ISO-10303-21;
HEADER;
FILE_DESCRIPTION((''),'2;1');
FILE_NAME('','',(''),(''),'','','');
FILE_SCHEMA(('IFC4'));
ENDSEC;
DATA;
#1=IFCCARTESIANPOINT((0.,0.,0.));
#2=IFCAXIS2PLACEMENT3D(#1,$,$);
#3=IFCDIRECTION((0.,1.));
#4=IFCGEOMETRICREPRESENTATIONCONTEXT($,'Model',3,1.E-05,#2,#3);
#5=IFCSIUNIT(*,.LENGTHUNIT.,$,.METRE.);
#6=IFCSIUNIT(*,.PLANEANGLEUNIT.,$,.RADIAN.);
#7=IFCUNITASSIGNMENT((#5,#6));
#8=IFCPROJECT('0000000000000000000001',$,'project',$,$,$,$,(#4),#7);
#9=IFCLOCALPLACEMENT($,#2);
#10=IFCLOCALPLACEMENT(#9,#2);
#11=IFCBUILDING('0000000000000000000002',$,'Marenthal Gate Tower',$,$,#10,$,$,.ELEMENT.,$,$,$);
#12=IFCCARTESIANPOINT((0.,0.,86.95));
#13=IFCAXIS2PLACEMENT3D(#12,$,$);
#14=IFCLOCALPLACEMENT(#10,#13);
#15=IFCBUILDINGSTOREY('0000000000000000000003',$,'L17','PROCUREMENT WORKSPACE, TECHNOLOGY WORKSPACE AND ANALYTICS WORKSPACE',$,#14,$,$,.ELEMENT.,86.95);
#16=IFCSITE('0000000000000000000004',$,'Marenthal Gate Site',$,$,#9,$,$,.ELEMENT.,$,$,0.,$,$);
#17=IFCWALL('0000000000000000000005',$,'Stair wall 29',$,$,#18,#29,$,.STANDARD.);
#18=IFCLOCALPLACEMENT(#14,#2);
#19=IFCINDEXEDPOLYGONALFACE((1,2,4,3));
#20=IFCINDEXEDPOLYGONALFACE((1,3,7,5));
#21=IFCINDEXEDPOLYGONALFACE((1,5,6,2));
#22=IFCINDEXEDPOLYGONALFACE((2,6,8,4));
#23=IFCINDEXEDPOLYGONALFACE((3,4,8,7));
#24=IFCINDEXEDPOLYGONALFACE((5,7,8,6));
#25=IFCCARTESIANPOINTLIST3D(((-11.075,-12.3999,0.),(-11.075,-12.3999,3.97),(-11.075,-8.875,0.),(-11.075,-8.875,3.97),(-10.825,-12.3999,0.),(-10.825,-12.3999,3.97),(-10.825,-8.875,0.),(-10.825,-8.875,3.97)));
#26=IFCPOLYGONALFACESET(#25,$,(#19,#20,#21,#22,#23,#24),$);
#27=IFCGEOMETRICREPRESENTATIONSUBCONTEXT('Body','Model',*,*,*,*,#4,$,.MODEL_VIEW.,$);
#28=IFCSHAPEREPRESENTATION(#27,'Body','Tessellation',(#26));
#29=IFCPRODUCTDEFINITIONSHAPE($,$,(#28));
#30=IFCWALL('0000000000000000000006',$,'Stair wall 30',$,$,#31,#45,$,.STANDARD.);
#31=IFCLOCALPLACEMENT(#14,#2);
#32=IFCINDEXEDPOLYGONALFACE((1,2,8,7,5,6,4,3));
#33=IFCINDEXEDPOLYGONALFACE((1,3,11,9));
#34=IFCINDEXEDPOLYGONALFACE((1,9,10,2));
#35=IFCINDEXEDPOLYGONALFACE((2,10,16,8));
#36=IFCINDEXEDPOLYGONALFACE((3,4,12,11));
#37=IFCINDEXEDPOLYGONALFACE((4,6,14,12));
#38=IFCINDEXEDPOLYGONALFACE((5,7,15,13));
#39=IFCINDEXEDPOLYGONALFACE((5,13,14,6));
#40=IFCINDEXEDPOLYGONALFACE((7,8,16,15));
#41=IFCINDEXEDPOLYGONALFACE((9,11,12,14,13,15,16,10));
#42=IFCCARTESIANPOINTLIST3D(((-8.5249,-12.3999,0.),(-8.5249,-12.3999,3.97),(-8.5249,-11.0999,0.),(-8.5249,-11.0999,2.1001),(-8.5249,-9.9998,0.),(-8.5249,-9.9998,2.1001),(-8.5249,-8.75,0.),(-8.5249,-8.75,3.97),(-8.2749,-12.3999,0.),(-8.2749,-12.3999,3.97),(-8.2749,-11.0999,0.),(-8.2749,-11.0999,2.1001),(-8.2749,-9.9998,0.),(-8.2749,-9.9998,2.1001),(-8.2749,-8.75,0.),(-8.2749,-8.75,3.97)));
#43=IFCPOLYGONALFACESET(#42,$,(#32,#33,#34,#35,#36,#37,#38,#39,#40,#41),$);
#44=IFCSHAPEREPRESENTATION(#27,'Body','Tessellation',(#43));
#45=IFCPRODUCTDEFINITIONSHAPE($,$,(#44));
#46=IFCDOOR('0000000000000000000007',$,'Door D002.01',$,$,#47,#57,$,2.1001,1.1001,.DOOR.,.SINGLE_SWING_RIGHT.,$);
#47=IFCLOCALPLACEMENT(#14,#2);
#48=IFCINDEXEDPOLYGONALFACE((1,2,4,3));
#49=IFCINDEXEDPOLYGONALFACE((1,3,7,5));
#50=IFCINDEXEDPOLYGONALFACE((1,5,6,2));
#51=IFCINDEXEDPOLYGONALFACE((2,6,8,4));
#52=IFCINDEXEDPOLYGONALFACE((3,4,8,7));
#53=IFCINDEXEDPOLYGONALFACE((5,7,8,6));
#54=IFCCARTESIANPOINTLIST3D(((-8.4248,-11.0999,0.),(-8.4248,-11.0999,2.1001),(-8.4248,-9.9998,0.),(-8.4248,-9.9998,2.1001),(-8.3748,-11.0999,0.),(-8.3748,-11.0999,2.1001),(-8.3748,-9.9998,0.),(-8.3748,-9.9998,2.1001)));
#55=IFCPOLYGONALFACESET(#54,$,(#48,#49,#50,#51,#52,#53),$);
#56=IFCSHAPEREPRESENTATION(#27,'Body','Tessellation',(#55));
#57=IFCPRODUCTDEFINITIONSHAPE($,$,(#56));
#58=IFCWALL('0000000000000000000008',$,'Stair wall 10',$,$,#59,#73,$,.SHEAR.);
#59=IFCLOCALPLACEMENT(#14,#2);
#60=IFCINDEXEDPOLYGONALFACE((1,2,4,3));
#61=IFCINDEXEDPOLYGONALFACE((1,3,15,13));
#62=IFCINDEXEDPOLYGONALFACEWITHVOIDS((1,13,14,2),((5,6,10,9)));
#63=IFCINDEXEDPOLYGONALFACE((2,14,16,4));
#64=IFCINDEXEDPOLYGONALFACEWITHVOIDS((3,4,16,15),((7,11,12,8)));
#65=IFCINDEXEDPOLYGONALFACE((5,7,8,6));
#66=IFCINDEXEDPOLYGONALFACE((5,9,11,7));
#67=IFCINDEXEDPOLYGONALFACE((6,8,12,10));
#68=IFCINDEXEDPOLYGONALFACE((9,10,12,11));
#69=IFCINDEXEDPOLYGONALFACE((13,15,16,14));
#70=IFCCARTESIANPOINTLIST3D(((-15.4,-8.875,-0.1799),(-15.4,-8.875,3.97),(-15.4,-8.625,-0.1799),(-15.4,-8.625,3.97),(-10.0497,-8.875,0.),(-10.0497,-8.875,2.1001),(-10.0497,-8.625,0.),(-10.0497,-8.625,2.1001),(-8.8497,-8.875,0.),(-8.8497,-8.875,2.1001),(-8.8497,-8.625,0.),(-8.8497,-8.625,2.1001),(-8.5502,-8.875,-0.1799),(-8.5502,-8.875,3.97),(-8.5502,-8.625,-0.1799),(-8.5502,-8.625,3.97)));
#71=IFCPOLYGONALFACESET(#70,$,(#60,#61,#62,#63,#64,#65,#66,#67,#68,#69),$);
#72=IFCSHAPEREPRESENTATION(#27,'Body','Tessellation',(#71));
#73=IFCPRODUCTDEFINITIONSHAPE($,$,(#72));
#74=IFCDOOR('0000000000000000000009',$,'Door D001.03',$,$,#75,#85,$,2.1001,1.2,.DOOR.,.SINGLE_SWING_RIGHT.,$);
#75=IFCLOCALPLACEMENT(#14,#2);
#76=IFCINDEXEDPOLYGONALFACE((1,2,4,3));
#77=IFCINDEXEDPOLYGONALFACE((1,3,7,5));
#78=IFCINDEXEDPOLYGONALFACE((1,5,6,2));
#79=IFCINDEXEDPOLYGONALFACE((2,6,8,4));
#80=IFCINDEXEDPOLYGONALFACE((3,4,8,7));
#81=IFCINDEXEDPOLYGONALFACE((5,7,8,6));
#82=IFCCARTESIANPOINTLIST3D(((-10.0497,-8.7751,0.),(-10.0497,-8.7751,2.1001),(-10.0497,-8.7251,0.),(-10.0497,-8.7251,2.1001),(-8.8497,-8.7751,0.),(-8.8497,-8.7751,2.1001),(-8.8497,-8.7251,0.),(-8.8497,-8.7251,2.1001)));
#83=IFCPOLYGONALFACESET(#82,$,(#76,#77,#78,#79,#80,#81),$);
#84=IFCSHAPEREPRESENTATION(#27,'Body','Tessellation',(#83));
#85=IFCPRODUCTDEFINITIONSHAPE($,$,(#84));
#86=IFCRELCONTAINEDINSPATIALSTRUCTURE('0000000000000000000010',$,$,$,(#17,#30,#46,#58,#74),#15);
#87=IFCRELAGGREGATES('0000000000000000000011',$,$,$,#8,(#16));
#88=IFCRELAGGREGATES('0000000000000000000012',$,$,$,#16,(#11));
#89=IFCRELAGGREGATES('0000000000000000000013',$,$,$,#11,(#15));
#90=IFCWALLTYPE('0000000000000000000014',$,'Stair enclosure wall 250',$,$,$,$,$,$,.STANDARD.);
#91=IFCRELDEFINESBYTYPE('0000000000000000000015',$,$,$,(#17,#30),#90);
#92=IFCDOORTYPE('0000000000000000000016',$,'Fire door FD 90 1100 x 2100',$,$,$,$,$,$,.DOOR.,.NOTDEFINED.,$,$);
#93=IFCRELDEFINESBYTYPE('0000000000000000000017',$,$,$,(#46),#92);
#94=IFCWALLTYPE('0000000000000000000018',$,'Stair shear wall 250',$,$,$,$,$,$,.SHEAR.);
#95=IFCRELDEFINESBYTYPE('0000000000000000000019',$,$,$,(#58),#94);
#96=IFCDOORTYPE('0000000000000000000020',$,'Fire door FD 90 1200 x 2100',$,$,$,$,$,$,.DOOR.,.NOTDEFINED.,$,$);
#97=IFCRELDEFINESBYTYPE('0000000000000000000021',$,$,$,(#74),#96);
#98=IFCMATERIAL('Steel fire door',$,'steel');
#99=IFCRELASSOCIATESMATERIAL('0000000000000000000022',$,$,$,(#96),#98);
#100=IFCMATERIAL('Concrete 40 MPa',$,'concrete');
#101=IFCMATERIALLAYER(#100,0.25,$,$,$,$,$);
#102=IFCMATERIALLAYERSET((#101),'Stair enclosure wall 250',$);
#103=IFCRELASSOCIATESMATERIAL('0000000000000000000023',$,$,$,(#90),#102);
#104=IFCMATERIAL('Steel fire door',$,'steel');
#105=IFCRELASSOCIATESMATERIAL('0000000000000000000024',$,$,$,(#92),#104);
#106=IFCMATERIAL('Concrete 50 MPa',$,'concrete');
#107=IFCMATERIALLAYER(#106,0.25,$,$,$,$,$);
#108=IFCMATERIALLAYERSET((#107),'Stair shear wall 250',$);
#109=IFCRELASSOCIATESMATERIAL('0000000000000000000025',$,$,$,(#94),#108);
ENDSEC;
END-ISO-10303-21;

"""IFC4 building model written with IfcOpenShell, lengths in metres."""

from ifc_helpers import new_model, si_unit, direction, frame, frame_2d, origin, place, context, subcontext, project, spatial, rectangle, extrude, material, layer, layer_set, type_object, element, fill, save


model = new_model("IFC4")

# Units and contexts
model_context = context("Model", 3, precision=1e-05, world=origin(), true_north=direction((0.0, 1.0)))
body_context = subcontext(model_context, "Body", "Model", "MODEL_VIEW")
ifc_project = project(units=[si_unit("LENGTHUNIT", "METRE"), si_unit("PLANEANGLEUNIT", "RADIAN")], contexts=[model_context])

# Site, building, storey
site_placement = place(None, origin())
site = spatial("IfcSite", under=ifc_project, at=site_placement, Name="Marenthal Gate Site", CompositionType="ELEMENT", RefElevation=0.0)
building_placement = place(site_placement, origin())
building = spatial("IfcBuilding", under=site, at=building_placement, Name="Marenthal Gate Tower", CompositionType="ELEMENT")
storey_placement = place(building_placement, frame((0.0, 0.0, 86.95)))
storey = spatial("IfcBuildingStorey", under=building, at=storey_placement, Name="L17", Description="PROCUREMENT WORKSPACE, TECHNOLOGY WORKSPACE AND ANALYTICS WORKSPACE", CompositionType="ELEMENT", Elevation=86.95)

# Shared definitions
ifc_material_1 = material(Name="Steel fire door", Category="steel")
door_type_1 = type_object("IfcDoorType", Name="Fire door FD 90 1200 x 2100", OperationType="NOTDEFINED", PredefinedType="DOOR", material=ifc_material_1)

# Wall
ifc_material_2 = material(Name="Concrete 40 MPa", Category="concrete")
ifc_layer_1 = layer(ifc_material_2, 0.25)
ifc_layer_set_1 = layer_set([ifc_layer_1], Name="Stair enclosure wall 250")
wall_type_1 = type_object("IfcWallType", Name="Stair enclosure wall 250", PredefinedType="STANDARD", material=ifc_layer_set_1)
wall_1_placement = place(storey_placement, frame((-10.95, -12.3999, 0.0), z_axis=(0.0, 0.0, 1.0), x_axis=(0.0, 1.0, 0.0)))
element("IfcWall", 1, at=wall_1_placement, inside=storey, type_object=wall_type_1, Name="Stair wall 29", PredefinedType="STANDARD", context=body_context, shape_type="SweptSolid", body=[
    extrude(rectangle(XDim=3.5249, YDim=0.25, at=frame_2d((1.7625, 0.0))), origin(), (0.0, 0.0, 1.0), 3.97),
])

# Walls, openings, doors
wall_2_placement = place(storey_placement, frame((-8.3999, -12.3999, 0.0), z_axis=(0.0, 0.0, 1.0), x_axis=(0.0, 1.0, 0.0)))
wall_2 = element("IfcWall", 2, at=wall_2_placement, inside=storey, type_object=wall_type_1, Name="Stair wall 30", PredefinedType="STANDARD", context=body_context, shape_type="SweptSolid", body=[
    extrude(rectangle(XDim=3.6499, YDim=0.25, at=frame_2d((1.825, 0.0))), origin(), (0.0, 0.0, 1.0), 3.97),
])
opening_1_placement = place(wall_2_placement, frame((1.3, 0.0, 0.0)))
opening_1 = element("IfcOpeningElement", 3, at=opening_1_placement, cuts=wall_2, PredefinedType="OPENING", context=body_context, shape_type="SweptSolid", body=[
    extrude(rectangle(XDim=1.1001, YDim=2.1001, at=frame_2d((0.55, 1.05))), frame((0.0, 0.135, 0.0), z_axis=(0.0, -1.0, 0.0), x_axis=(1.0, 0.0, 0.0)), (0.0, 0.0, 1.0), 0.27),
])
ifc_material_3 = material(Name="Steel fire door", Category="steel")
door_type_2 = type_object("IfcDoorType", Name="Fire door FD 90 1100 x 2100", OperationType="NOTDEFINED", PredefinedType="DOOR", material=ifc_material_3)
door_1_placement = place(opening_1_placement, origin())
door_1 = element("IfcDoor", 4, at=door_1_placement, inside=storey, type_object=door_type_2, Name="Door D002.01", OperationType="SINGLE_SWING_RIGHT", OverallHeight=2.1001, OverallWidth=1.1001, PredefinedType="DOOR", context=body_context, shape_type="SweptSolid", body=[
    extrude(rectangle(XDim=1.1001, YDim=2.1001, at=frame_2d((0.55, 1.05))), frame((0.0, 0.0249, 0.0), z_axis=(0.0, -1.0, 0.0), x_axis=(1.0, 0.0, 0.0)), (0.0, 0.0, 1.0), 0.05),
])
fill(opening_1, door_1)
ifc_material_4 = material(Name="Concrete 50 MPa", Category="concrete")
ifc_layer_2 = layer(ifc_material_4, 0.25)
ifc_layer_set_2 = layer_set([ifc_layer_2], Name="Stair shear wall 250")
wall_type_2 = type_object("IfcWallType", Name="Stair shear wall 250", PredefinedType="SHEAR", material=ifc_layer_set_2)
wall_3_placement = place(storey_placement, frame((-15.3999, -8.75, -0.1799), z_axis=(0.0, 0.0, 1.0), x_axis=(1.0, 0.0, 0.0)))
wall_3 = element("IfcWall", 5, at=wall_3_placement, inside=storey, type_object=wall_type_2, Name="Stair wall 10", PredefinedType="SHEAR", context=body_context, shape_type="SweptSolid", body=[
    extrude(rectangle(XDim=6.8499, YDim=0.25, at=frame_2d((3.4248, 0.0))), origin(), (0.0, 0.0, 1.0), 4.1499),
])
opening_2_placement = place(wall_3_placement, frame((5.3501, 0.0, 0.1799)))
opening_2 = element("IfcOpeningElement", 6, at=opening_2_placement, cuts=wall_3, PredefinedType="OPENING", context=body_context, shape_type="SweptSolid", body=[
    extrude(rectangle(XDim=1.2, YDim=2.1001, at=frame_2d((0.6001, 1.05))), frame((0.0, 0.135, 0.0), z_axis=(0.0, -1.0, 0.0), x_axis=(1.0, 0.0, 0.0)), (0.0, 0.0, 1.0), 0.27),
])
door_2_placement = place(opening_2_placement, origin())
door_2 = element("IfcDoor", 7, at=door_2_placement, inside=storey, type_object=door_type_1, Name="Door D001.03", OperationType="SINGLE_SWING_RIGHT", OverallHeight=2.1001, OverallWidth=1.2, PredefinedType="DOOR", context=body_context, shape_type="SweptSolid", body=[
    extrude(rectangle(XDim=1.2, YDim=2.1001, at=frame_2d((0.6001, 1.05))), frame((0.0, 0.0249, 0.0), z_axis=(0.0, -1.0, 0.0), x_axis=(1.0, 0.0, 0.0)), (0.0, 0.0, 1.0), 0.05),
])
fill(opening_2, door_2)

save(model, "model.ifc")
